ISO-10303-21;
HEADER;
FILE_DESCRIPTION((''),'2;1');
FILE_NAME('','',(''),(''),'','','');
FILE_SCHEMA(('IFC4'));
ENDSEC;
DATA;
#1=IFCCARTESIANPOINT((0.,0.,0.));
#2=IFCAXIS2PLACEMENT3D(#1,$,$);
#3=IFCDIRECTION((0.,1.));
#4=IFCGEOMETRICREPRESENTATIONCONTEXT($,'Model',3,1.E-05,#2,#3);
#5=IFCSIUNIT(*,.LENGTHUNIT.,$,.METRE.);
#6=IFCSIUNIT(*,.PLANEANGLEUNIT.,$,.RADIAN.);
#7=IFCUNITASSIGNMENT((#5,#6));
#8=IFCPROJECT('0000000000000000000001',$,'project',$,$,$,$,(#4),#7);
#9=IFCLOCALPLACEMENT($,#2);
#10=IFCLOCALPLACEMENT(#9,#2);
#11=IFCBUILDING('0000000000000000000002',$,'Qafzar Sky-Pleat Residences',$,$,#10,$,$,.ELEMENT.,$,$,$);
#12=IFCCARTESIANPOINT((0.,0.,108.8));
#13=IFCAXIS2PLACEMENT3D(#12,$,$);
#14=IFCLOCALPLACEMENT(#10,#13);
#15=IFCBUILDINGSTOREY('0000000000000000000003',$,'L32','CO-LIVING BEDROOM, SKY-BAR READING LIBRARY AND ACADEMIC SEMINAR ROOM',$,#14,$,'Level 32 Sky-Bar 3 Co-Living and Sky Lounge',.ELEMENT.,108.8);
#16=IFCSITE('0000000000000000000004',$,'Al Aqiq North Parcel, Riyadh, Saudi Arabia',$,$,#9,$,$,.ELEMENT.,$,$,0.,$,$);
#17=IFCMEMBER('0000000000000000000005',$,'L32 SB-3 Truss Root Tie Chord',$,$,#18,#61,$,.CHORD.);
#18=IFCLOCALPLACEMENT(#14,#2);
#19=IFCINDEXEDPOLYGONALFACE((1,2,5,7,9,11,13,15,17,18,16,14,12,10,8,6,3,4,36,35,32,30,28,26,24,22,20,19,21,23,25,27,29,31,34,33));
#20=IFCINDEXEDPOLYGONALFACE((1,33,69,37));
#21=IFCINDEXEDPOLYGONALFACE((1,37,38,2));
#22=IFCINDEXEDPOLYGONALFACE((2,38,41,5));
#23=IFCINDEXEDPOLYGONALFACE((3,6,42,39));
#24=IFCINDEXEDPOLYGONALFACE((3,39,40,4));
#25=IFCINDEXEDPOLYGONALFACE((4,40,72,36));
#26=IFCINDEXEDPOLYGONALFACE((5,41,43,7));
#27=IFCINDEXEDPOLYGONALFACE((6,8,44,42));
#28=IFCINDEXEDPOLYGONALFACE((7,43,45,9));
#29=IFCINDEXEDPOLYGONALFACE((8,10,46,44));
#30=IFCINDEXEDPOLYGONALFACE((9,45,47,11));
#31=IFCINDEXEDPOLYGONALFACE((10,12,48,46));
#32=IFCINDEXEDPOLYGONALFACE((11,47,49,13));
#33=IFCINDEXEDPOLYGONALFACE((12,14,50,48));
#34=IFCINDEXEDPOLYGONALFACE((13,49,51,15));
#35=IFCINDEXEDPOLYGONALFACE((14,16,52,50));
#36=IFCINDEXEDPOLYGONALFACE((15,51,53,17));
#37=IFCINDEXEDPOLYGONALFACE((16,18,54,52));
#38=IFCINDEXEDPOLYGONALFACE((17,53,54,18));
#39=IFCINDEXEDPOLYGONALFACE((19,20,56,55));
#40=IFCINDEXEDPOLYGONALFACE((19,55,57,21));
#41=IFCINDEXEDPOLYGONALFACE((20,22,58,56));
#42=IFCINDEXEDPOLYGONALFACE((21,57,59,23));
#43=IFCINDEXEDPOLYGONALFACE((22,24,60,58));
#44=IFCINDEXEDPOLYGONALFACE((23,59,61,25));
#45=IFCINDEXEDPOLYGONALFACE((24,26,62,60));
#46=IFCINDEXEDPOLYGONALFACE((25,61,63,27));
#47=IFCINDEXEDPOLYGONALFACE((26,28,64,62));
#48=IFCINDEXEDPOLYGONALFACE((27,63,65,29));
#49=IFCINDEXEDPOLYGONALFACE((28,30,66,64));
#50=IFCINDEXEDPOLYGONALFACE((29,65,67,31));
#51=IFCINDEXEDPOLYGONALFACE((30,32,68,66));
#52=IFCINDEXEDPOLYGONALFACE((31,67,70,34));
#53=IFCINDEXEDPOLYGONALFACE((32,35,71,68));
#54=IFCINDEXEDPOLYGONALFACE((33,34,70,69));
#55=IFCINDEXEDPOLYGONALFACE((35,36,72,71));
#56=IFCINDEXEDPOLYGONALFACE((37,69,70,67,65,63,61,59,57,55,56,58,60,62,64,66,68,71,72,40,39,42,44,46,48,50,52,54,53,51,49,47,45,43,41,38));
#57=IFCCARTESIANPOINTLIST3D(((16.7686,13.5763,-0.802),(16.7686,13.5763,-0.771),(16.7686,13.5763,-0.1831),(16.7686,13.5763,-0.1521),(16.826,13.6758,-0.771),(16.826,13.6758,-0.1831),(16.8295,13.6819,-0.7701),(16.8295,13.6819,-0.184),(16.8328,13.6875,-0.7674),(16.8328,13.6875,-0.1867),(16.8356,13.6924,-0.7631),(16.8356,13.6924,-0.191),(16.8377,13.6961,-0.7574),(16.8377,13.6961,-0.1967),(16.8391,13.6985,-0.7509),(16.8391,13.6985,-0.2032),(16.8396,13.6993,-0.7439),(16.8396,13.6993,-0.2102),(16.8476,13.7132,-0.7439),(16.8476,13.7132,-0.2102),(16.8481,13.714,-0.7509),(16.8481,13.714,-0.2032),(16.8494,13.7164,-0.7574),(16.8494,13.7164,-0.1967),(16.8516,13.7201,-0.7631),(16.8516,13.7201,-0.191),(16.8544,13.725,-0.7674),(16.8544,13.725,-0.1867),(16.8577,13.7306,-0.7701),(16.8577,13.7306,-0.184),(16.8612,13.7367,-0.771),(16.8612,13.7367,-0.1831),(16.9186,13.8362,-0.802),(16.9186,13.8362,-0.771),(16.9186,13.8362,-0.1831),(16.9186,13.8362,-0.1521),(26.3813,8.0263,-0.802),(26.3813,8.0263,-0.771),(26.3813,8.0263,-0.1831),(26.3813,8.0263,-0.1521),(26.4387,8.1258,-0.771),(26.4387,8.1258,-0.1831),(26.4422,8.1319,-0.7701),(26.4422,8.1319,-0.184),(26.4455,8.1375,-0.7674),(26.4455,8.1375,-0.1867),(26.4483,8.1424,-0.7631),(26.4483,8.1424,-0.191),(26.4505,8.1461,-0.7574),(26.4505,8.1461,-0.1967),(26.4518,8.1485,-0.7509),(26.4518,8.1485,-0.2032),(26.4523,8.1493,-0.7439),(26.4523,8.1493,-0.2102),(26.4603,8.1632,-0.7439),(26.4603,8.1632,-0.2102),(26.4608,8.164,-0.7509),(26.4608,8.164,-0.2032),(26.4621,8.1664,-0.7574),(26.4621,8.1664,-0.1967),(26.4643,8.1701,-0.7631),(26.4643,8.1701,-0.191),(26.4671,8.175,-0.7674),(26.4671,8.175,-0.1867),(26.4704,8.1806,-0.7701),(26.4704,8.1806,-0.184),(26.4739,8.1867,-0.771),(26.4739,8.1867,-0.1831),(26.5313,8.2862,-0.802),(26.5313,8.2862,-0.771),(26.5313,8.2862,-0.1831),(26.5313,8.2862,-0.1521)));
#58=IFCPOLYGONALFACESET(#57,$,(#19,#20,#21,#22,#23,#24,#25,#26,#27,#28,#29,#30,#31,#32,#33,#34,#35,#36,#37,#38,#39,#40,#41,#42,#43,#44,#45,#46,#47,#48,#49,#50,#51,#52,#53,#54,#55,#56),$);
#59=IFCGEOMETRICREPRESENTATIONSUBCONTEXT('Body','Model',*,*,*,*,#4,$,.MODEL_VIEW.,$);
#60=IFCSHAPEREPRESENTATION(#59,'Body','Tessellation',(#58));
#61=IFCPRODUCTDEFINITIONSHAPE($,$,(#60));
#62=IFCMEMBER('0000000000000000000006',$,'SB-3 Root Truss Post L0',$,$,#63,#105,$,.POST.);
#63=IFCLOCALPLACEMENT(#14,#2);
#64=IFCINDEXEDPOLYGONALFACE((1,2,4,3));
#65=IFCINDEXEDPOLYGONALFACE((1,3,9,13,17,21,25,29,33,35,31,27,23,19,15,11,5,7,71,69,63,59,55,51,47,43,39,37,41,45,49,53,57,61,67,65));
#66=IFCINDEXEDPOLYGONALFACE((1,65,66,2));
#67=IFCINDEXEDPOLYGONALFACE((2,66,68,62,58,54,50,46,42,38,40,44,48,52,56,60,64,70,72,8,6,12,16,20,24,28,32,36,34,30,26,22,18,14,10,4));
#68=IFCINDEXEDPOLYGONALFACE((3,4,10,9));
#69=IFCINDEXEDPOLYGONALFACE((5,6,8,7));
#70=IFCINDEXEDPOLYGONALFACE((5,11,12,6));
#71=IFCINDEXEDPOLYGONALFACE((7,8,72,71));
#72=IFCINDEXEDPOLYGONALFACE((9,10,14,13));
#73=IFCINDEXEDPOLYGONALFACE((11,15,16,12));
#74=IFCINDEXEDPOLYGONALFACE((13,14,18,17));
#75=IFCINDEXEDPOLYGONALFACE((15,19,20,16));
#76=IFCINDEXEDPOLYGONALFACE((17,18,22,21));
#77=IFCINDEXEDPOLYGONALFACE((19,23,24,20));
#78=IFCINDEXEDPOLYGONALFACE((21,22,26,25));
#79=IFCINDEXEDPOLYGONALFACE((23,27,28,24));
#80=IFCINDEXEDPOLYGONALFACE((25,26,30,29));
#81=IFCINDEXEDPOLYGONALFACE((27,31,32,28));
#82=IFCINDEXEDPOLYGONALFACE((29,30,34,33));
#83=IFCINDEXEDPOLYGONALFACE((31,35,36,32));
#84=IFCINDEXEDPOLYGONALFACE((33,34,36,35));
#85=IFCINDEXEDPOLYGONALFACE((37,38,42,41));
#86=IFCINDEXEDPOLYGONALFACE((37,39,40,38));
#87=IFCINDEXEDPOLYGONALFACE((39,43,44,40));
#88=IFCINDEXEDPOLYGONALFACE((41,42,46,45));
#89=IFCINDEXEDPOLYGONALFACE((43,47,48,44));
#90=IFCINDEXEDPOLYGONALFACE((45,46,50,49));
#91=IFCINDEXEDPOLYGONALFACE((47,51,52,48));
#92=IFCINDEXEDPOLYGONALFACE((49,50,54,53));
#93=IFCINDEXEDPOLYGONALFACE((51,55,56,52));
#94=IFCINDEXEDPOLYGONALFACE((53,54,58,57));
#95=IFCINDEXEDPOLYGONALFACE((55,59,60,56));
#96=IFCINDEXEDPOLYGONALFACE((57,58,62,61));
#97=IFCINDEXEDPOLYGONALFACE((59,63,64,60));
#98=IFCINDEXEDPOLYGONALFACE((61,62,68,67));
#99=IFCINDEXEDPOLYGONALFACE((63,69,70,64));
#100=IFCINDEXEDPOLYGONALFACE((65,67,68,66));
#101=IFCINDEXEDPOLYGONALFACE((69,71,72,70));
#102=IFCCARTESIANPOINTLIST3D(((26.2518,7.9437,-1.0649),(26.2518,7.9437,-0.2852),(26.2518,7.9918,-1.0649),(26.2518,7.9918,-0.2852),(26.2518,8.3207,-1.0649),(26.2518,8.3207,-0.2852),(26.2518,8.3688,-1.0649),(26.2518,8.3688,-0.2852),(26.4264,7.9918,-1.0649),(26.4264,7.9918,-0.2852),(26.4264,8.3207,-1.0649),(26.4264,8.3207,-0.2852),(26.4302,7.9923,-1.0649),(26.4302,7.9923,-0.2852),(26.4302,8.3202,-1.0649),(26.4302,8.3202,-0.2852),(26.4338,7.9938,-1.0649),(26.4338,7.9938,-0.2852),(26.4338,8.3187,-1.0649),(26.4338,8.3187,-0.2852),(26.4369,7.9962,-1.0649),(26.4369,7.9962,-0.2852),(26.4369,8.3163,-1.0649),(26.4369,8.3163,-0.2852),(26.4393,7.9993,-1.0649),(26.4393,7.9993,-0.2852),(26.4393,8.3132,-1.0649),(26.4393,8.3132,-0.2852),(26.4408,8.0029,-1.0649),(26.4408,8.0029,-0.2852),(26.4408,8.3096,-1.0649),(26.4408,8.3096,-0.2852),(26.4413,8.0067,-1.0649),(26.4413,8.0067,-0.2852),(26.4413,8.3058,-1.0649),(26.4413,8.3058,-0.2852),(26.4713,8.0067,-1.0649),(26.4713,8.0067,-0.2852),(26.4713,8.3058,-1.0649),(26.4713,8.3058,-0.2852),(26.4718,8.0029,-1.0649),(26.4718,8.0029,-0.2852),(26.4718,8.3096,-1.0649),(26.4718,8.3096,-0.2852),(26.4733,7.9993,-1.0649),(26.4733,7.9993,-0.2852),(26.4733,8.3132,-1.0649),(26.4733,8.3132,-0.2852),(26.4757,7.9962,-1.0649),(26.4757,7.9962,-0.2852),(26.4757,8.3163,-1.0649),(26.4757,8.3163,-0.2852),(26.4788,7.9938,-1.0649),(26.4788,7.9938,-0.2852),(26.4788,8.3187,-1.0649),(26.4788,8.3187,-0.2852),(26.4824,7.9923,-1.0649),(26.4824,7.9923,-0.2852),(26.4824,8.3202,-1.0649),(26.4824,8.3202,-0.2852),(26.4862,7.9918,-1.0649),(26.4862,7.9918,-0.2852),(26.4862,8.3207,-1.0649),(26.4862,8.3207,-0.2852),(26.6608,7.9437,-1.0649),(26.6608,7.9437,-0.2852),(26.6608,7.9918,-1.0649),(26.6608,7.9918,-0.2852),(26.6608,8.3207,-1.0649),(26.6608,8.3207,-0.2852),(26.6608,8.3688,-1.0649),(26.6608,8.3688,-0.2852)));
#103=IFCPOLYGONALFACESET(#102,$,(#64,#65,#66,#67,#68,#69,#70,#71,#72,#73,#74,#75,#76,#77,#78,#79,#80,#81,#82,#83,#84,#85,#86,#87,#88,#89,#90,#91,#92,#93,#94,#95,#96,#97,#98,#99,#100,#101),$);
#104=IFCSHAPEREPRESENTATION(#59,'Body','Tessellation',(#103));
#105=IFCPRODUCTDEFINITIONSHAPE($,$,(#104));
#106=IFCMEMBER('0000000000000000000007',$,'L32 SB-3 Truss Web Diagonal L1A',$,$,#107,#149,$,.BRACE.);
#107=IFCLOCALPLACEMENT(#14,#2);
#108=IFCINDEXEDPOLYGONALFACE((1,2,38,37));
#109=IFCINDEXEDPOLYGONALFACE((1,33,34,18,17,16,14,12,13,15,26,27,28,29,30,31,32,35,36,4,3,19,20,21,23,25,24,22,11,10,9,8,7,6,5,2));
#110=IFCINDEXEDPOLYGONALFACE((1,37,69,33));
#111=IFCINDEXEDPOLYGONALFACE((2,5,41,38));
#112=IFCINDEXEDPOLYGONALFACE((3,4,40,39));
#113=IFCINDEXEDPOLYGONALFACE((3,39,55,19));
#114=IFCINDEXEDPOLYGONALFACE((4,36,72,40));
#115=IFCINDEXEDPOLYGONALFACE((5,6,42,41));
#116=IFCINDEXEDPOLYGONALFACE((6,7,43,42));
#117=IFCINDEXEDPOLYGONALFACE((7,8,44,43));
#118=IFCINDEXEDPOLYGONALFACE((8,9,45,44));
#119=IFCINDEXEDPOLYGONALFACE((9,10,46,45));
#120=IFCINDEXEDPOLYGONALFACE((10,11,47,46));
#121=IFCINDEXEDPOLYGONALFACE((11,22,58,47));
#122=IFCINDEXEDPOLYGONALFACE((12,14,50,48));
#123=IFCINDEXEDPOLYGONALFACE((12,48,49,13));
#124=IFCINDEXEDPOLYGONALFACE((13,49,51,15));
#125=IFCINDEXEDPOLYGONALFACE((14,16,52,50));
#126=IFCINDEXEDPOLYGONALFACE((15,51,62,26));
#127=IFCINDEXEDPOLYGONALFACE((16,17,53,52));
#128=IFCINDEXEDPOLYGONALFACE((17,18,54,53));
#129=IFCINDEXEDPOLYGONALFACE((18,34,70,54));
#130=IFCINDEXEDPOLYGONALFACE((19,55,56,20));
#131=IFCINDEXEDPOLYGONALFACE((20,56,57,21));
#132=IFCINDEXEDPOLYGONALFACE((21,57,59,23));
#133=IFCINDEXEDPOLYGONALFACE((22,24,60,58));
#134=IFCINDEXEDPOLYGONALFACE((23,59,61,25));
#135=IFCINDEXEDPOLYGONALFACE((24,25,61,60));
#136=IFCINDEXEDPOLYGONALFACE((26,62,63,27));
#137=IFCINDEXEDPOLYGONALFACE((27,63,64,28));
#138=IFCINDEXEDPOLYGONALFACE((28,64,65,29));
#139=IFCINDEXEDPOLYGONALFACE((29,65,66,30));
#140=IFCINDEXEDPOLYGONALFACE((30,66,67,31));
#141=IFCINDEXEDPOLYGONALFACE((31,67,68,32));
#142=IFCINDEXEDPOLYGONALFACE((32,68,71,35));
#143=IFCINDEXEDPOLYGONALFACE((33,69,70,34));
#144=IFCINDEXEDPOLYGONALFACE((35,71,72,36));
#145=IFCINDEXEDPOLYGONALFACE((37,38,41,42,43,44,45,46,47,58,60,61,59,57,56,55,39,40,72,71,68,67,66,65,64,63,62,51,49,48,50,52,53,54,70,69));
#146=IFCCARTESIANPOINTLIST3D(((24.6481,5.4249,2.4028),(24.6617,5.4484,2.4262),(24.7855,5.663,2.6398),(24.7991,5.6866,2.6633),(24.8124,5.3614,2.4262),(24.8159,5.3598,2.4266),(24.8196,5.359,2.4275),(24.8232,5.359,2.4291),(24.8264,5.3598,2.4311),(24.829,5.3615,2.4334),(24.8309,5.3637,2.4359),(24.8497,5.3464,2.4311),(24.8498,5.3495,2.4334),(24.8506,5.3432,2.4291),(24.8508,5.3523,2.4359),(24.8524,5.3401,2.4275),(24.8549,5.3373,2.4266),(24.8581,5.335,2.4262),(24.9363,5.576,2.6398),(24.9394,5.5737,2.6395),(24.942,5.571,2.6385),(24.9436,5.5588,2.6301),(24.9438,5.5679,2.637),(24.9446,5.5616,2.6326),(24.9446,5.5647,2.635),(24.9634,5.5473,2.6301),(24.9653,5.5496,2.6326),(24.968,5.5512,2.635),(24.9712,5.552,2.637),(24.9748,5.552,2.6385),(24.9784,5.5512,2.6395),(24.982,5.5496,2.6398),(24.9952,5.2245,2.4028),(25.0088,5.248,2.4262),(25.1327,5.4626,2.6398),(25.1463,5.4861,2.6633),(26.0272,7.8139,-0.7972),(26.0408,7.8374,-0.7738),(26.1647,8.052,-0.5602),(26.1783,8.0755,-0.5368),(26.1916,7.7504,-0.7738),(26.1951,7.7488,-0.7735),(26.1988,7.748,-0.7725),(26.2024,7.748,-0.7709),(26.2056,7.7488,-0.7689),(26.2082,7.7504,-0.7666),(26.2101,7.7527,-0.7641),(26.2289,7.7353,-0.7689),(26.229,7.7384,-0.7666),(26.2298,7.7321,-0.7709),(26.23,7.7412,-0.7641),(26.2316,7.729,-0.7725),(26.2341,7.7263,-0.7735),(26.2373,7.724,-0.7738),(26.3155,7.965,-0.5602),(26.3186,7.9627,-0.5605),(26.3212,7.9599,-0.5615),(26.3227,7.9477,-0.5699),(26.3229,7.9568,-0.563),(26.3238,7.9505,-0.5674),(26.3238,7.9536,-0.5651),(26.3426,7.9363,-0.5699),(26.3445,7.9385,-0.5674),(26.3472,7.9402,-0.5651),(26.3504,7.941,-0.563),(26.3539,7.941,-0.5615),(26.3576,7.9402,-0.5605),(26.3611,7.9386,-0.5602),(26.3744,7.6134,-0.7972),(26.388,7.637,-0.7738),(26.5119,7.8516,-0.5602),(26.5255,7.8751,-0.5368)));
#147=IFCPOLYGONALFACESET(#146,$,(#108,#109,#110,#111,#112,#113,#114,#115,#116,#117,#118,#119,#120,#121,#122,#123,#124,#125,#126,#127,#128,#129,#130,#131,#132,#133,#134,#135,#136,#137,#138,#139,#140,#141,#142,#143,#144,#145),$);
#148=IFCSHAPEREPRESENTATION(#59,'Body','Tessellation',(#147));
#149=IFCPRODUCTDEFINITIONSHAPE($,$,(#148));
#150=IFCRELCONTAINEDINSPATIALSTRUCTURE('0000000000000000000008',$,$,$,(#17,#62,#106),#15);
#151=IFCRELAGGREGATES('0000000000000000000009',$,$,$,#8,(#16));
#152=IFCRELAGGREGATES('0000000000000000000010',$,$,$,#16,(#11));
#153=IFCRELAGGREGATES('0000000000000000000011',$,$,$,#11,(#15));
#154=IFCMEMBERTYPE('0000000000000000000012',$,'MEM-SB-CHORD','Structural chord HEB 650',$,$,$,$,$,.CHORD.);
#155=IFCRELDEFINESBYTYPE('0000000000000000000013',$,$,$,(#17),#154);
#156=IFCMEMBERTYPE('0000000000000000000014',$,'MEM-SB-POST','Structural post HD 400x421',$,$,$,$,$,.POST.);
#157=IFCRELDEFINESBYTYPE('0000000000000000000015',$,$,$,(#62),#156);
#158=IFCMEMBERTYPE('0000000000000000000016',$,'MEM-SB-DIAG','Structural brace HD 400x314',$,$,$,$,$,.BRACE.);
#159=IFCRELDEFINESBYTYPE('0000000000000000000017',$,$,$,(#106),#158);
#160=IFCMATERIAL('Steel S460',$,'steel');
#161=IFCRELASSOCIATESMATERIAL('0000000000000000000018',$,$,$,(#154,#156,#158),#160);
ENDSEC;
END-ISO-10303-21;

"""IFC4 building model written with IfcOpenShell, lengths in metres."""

from ifc_helpers import new_model, si_unit, direction, frame, origin, origin_2d, place, context, subcontext, project, spatial, i_section, extrude, source, transform, mapped, material, material_profile, profile_set, type_object, element, save


model = new_model("IFC4")

# Units and contexts
model_context = context("Model", 3, precision=1e-05, world=origin(), true_north=direction((0.0, 1.0)))
body_context = subcontext(model_context, "Body", "Model", "MODEL_VIEW")
ifc_project = project(units=[si_unit("LENGTHUNIT", "METRE"), si_unit("PLANEANGLEUNIT", "RADIAN")], contexts=[model_context])

# Site, building, storey
site_placement = place(None, origin())
site = spatial("IfcSite", under=ifc_project, at=site_placement, Name="Al Aqiq North Parcel, Riyadh, Saudi Arabia", CompositionType="ELEMENT", RefElevation=0.0)
building_placement = place(site_placement, origin())
building = spatial("IfcBuilding", under=site, at=building_placement, Name="Qafzar Sky-Pleat Residences", CompositionType="ELEMENT")
storey_placement = place(building_placement, frame((0.0, 0.0, 108.8)))
storey = spatial("IfcBuildingStorey", under=building, at=storey_placement, Name="L32", Description="CO-LIVING BEDROOM, SKY-BAR READING LIBRARY AND ACADEMIC SEMINAR ROOM", LongName="Level 32 Sky-Bar 3 Co-Living and Sky Lounge", CompositionType="ELEMENT", Elevation=108.8)

# Shared definitions
ifc_material_1 = material(Name="Steel S460", Category="steel")

# Members
ifc_material_profile_1 = material_profile(ifc_material_1, i_section(OverallWidth=0.3, OverallDepth=0.6499, WebThickness=0.0161, FlangeThickness=0.031, FilletRadius=0.0271, at=origin_2d()), Name="HEB 650")
ifc_profile_set_1 = profile_set([ifc_material_profile_1], Name="Steel S460")
member_type_1 = type_object("IfcMemberType", Name="MEM-SB-CHORD", Description="Structural chord HEB 650", PredefinedType="CHORD", material=ifc_profile_set_1)
shared_shape_1 = source(origin(), body_context, "Body", "SweptSolid", [
    extrude(i_section(OverallWidth=0.3, OverallDepth=0.6499, WebThickness=0.0161, FlangeThickness=0.031, FilletRadius=0.0271, at=origin_2d()), origin(), (0.0, 0.0, 1.0), 11.0999),
])
member_1_placement = place(storey_placement, frame((26.4563, 8.1562, -0.4771), z_axis=(-0.866021, 0.500007, 0.0), x_axis=(-0.500007, -0.866021, 0.0)))
element("IfcMember", 1, at=member_1_placement, inside=storey, type_object=member_type_1, Name="L32 SB-3 Truss Root Tie Chord", PredefinedType="CHORD", context=body_context, shape_type="MappedRepresentation", body=[
    mapped(shared_shape_1, transform((0.0, 0.0, 0.0), x_axis=(1.0, 0.0, 0.0), y_axis=(0.0, 1.0, 0.0), z_axis=(0.0, 0.0, 1.0), scale=1.0)),
])
ifc_material_profile_2 = material_profile(ifc_material_1, i_section(OverallWidth=0.4089, OverallDepth=0.425, WebThickness=0.03, FlangeThickness=0.0481, FilletRadius=0.0149, at=origin_2d()), Name="HD 400x421")
ifc_profile_set_2 = profile_set([ifc_material_profile_2], Name="Steel S460")
member_type_2 = type_object("IfcMemberType", Name="MEM-SB-POST", Description="Structural post HD 400x421", PredefinedType="POST", material=ifc_profile_set_2)
shared_shape_2 = source(origin(), body_context, "Body", "SweptSolid", [
    extrude(i_section(OverallWidth=0.4089, OverallDepth=0.425, WebThickness=0.03, FlangeThickness=0.0481, FilletRadius=0.0149, at=origin_2d()), origin(), (0.0, 0.0, 1.0), 0.7798),
])
member_2_placement = place(storey_placement, frame((26.4563, 8.1562, -1.0649), z_axis=(0.0, 0.0, 1.0), x_axis=(1.0, 0.0, 0.0)))
element("IfcMember", 2, at=member_2_placement, inside=storey, type_object=member_type_2, Name="SB-3 Root Truss Post L0", PredefinedType="POST", context=body_context, shape_type="MappedRepresentation", body=[
    mapped(shared_shape_2, transform((0.0, 0.0, 0.0), x_axis=(1.0, 0.0, 0.0), y_axis=(0.0, 1.0, 0.0), z_axis=(0.0, 0.0, 1.0), scale=1.0)),
])
ifc_material_profile_3 = material_profile(ifc_material_1, i_section(OverallWidth=0.4009, OverallDepth=0.3989, WebThickness=0.0229, FlangeThickness=0.0359, FilletRadius=0.0149, at=origin_2d()), Name="HD 400x314")
ifc_profile_set_3 = profile_set([ifc_material_profile_3], Name="Steel S460")
member_type_3 = type_object("IfcMemberType", Name="MEM-SB-DIAG", Description="Structural brace HD 400x314", PredefinedType="BRACE", material=ifc_profile_set_3)
shared_shape_3 = source(origin(), body_context, "Body", "SweptSolid", [
    extrude(i_section(OverallWidth=0.4009, OverallDepth=0.3989, WebThickness=0.0229, FlangeThickness=0.0359, FilletRadius=0.0149, at=origin_2d()), origin(), (0.0, 0.0, 1.0), 4.2249),
])
for number, where, z_axis, x_axis, name in (
    (3, (26.2764, 7.8445, -0.667), (-0.326444, -0.565455, 0.757427), (0.86604, -0.499975, 0.0), "L32 SB-3 Truss Web Diagonal L1A"),
):
    element("IfcMember", number, at=place(storey_placement, frame(where, z_axis=z_axis, x_axis=x_axis)), inside=storey, type_object=member_type_3, Name=name, PredefinedType="BRACE", context=body_context, shape_type="MappedRepresentation", body=[
        mapped(shared_shape_3, transform((0.0, 0.0, 0.0), x_axis=(1.0, 0.0, 0.0), y_axis=(0.0, 1.0, 0.0), z_axis=(0.0, 0.0, 1.0), scale=1.0)),
    ])

save(model, "model.ifc")
